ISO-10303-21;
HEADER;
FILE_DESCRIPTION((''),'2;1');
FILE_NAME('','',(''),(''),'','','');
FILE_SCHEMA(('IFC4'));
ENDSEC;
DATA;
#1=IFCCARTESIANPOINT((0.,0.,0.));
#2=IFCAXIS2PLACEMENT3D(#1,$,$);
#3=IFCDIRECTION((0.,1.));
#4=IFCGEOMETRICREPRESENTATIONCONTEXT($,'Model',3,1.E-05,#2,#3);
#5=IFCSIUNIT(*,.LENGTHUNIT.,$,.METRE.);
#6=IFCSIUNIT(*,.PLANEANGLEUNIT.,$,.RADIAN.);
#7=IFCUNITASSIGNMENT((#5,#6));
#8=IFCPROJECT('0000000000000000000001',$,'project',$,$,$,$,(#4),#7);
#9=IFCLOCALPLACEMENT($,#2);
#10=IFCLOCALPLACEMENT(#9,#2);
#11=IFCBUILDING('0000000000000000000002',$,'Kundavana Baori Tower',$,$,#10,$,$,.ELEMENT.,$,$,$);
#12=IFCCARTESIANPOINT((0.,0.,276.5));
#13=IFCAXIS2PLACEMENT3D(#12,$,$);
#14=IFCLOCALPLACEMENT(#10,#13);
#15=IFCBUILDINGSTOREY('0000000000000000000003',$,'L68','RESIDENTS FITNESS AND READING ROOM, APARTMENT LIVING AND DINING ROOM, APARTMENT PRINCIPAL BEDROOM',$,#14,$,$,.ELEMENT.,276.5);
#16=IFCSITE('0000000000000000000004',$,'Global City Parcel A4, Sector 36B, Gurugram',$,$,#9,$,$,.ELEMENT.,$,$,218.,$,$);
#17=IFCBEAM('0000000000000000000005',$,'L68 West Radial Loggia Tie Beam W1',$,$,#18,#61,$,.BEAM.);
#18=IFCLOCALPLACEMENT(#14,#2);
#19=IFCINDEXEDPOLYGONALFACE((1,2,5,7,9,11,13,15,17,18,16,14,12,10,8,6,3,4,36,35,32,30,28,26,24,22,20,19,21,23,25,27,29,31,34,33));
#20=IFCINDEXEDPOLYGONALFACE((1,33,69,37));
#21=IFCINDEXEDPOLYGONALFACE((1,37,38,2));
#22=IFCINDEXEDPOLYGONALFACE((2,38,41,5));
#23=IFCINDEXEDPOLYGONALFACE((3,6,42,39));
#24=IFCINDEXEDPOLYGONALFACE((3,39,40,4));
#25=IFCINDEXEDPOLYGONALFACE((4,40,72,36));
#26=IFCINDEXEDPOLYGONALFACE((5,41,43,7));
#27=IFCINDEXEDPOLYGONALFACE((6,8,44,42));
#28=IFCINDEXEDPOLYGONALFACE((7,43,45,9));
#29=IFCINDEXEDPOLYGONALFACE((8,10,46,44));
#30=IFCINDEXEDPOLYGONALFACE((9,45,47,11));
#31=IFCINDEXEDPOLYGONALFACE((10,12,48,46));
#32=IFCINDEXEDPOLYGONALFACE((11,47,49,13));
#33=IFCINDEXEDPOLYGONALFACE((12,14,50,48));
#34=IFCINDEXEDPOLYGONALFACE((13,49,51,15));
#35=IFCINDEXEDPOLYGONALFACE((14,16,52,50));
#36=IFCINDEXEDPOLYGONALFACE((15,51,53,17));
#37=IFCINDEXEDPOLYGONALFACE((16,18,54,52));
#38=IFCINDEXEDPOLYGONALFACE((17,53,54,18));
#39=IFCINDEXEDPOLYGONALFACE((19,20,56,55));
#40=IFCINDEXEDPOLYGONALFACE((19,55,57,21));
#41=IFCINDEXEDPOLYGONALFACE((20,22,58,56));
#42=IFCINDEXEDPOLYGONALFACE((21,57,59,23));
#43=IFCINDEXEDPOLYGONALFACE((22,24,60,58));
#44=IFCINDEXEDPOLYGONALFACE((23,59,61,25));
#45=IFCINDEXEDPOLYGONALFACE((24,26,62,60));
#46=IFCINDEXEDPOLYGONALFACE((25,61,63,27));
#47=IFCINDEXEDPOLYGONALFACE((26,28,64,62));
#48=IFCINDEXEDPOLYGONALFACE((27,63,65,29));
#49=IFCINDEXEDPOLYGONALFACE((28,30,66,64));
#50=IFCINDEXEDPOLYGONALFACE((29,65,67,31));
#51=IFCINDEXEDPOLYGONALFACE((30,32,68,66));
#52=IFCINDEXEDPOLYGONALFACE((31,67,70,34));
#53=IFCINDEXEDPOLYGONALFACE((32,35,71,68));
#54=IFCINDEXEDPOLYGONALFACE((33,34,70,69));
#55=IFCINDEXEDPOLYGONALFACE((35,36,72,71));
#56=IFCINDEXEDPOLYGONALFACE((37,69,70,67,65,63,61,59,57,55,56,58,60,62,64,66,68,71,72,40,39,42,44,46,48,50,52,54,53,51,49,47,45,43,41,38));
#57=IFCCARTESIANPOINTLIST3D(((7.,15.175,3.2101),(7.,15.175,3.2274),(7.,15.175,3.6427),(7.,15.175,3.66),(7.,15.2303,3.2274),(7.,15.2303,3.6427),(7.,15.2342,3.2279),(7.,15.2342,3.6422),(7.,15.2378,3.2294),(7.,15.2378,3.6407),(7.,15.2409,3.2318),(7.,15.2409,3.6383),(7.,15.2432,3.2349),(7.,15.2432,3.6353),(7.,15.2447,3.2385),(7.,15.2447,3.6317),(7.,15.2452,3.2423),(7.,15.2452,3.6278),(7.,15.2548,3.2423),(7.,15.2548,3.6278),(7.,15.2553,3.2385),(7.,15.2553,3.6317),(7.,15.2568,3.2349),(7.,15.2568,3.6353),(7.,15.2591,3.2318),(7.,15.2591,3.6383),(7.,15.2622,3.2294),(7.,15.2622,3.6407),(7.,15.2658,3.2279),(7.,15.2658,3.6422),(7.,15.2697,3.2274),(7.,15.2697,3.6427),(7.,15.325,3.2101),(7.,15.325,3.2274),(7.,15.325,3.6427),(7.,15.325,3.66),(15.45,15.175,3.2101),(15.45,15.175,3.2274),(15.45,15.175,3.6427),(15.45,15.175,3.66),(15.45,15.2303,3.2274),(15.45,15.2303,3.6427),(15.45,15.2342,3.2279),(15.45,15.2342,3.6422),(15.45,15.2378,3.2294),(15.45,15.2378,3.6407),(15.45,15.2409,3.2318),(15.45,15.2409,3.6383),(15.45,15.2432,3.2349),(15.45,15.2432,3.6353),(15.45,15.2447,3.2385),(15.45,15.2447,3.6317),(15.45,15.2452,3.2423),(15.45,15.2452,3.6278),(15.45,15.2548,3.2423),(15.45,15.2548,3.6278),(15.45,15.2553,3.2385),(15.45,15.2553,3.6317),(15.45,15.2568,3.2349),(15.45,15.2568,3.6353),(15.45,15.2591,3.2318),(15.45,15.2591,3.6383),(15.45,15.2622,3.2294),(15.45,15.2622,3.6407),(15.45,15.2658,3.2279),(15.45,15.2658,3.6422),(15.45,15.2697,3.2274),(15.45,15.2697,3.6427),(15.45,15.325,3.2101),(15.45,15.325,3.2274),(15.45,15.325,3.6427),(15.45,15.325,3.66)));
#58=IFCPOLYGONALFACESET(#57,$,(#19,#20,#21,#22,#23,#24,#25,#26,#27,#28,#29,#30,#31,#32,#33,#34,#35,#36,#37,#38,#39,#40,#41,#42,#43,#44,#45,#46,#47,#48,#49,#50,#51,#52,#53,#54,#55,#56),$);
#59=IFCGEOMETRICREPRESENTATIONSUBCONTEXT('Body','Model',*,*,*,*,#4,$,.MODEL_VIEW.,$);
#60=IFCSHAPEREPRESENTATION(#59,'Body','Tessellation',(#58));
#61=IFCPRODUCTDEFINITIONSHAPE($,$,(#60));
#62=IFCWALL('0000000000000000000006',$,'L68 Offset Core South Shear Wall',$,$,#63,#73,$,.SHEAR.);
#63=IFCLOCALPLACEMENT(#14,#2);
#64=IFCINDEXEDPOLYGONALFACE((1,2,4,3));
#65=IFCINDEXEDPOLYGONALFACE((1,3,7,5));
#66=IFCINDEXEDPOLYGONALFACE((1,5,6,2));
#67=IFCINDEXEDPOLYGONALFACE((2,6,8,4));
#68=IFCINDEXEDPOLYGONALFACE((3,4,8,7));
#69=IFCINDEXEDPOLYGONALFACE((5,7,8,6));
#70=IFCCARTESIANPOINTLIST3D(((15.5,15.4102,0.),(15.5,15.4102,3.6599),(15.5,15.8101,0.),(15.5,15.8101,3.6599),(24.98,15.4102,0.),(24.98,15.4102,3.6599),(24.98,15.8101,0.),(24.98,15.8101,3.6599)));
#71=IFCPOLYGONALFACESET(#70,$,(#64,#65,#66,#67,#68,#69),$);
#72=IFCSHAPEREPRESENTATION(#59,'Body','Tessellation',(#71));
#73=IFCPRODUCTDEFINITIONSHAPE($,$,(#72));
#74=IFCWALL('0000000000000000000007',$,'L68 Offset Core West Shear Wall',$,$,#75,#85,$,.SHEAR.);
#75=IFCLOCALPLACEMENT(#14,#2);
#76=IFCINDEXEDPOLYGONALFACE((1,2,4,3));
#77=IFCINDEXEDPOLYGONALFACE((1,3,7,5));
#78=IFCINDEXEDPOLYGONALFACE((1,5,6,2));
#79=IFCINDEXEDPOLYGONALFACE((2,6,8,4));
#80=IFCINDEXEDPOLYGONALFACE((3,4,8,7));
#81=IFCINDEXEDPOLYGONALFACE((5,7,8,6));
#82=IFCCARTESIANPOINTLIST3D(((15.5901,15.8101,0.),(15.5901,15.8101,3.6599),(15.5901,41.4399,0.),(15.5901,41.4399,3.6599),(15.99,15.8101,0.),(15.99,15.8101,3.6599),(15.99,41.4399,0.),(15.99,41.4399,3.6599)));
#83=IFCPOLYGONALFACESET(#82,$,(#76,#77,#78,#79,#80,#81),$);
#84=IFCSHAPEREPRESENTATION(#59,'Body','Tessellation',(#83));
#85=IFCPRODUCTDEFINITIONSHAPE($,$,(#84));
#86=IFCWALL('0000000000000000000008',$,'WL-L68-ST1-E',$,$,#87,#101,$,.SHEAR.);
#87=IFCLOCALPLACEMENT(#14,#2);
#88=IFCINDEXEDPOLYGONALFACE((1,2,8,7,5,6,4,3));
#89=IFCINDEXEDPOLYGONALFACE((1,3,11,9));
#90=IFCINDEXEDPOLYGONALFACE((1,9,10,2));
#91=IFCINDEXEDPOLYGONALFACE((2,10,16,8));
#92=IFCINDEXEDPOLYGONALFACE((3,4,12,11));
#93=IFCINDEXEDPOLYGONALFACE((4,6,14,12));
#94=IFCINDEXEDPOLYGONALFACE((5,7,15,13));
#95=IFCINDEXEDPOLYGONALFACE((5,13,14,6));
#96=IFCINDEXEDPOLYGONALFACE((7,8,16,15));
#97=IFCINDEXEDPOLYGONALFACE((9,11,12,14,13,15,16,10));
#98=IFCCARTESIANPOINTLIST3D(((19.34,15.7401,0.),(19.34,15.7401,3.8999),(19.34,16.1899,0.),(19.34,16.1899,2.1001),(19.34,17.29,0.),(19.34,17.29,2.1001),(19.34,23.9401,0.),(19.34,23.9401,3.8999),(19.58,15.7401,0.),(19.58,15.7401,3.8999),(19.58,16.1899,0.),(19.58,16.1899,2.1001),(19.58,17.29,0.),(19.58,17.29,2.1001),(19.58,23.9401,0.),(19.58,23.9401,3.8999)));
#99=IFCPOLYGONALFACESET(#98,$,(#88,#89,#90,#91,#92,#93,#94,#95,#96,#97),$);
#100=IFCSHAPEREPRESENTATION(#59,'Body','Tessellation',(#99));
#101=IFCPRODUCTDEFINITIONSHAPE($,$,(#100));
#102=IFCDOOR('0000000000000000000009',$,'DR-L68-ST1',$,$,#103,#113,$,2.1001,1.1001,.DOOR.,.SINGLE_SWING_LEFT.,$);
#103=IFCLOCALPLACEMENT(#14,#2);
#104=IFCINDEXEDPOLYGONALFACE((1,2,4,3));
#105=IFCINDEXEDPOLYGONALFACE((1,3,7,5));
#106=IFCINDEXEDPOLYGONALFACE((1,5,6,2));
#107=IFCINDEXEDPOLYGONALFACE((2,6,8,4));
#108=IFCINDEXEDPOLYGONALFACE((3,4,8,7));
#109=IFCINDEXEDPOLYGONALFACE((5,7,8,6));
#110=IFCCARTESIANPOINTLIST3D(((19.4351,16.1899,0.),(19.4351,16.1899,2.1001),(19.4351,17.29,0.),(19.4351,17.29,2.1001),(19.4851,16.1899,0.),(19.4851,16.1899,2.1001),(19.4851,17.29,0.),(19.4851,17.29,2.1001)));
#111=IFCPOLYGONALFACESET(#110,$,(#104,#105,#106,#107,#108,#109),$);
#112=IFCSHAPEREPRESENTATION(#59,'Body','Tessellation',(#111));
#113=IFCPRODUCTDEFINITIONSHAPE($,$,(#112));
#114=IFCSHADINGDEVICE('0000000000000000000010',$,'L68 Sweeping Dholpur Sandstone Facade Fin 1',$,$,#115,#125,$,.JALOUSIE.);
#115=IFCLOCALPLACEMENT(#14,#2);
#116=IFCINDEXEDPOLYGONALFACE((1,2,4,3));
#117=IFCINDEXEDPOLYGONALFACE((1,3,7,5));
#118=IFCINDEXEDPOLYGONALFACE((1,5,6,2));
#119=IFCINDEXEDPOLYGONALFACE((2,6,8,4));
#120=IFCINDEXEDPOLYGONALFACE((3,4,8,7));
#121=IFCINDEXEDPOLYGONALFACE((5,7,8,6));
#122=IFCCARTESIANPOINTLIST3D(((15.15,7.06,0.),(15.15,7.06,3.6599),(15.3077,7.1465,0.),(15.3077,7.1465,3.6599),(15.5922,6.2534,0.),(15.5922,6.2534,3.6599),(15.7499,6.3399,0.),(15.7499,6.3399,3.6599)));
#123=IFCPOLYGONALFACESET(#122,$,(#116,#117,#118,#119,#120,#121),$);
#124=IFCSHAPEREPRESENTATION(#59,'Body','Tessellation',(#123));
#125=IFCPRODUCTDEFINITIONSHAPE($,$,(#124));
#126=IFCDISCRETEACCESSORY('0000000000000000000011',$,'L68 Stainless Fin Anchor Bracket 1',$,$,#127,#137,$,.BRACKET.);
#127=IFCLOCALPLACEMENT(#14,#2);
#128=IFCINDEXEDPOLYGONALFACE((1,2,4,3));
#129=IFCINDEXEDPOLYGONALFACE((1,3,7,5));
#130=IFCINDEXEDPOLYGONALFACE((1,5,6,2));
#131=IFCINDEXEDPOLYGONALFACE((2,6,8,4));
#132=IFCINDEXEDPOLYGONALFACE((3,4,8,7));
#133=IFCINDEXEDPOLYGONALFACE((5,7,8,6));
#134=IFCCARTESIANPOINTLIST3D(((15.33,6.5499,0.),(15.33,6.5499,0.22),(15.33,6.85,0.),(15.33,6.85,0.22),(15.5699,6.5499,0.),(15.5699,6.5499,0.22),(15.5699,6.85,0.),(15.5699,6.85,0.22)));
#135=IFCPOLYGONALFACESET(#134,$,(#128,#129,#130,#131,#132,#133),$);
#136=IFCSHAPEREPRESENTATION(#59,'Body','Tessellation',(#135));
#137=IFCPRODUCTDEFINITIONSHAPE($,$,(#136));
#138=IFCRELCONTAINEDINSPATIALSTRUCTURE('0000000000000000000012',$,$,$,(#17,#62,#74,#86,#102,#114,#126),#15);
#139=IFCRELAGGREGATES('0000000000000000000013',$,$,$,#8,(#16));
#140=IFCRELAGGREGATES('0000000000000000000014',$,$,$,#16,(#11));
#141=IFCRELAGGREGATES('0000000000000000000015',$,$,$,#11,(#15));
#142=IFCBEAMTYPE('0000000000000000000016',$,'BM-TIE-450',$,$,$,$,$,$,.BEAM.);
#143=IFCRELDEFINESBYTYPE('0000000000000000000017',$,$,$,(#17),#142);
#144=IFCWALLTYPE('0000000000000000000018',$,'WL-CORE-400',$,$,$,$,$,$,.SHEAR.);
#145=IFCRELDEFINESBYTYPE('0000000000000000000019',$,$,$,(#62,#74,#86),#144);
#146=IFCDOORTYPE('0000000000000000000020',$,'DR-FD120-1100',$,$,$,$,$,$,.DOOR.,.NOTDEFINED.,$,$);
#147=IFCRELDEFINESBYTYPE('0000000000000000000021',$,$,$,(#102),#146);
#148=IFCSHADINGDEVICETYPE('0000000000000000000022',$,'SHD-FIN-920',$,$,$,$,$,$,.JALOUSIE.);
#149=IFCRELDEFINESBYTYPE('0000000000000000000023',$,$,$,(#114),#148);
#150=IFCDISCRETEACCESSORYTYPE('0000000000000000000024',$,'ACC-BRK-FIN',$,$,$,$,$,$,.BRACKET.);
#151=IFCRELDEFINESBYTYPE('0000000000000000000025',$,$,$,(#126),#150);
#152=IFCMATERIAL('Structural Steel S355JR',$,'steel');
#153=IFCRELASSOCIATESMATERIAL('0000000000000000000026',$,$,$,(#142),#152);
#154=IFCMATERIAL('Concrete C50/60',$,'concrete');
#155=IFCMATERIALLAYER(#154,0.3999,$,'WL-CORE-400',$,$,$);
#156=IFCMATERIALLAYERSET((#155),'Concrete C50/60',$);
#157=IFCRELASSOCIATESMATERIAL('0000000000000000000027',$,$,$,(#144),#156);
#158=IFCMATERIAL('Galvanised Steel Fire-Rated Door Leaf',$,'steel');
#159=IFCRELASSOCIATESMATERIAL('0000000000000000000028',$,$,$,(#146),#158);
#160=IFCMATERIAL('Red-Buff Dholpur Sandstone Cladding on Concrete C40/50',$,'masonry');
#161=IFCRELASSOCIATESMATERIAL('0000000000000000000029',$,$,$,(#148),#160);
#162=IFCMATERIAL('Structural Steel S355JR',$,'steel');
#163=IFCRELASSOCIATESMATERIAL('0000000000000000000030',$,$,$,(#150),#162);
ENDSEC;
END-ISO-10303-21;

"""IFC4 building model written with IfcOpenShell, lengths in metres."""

from ifc_helpers import new_model, si_unit, direction, frame, frame_2d, origin, origin_2d, place, context, subcontext, project, spatial, rectangle, i_section, extrude, material, layer, layer_set, material_profile, profile_set, type_object, element, fill, save


model = new_model("IFC4")

# Units and contexts
model_context = context("Model", 3, precision=1e-05, world=origin(), true_north=direction((0.0, 1.0)))
body_context = subcontext(model_context, "Body", "Model", "MODEL_VIEW")
ifc_project = project(units=[si_unit("LENGTHUNIT", "METRE"), si_unit("PLANEANGLEUNIT", "RADIAN")], contexts=[model_context])

# Site, building, storey
site_placement = place(None, origin())
site = spatial("IfcSite", under=ifc_project, at=site_placement, Name="Global City Parcel A4, Sector 36B, Gurugram", CompositionType="ELEMENT", RefElevation=218.0)
building_placement = place(site_placement, origin())
building = spatial("IfcBuilding", under=site, at=building_placement, Name="Kundavana Baori Tower", CompositionType="ELEMENT")
storey_placement = place(building_placement, frame((0.0, 0.0, 276.5)))
storey = spatial("IfcBuildingStorey", under=building, at=storey_placement, Name="L68", Description="RESIDENTS FITNESS AND READING ROOM, APARTMENT LIVING AND DINING ROOM, APARTMENT PRINCIPAL BEDROOM", CompositionType="ELEMENT", Elevation=276.5)

# Beam
ifc_material_1 = material(Name="Structural Steel S355JR", Category="steel")
ifc_material_profile_1 = material_profile(ifc_material_1, i_section(OverallWidth=0.1499, OverallDepth=0.45, WebThickness=0.0095, FlangeThickness=0.0173, FilletRadius=0.0149, at=origin_2d()), Name="ISMB 450")
ifc_profile_set_1 = profile_set([ifc_material_profile_1], Name="Structural Steel S355JR")
beam_type_1 = type_object("IfcBeamType", Name="BM-TIE-450", PredefinedType="BEAM", material=ifc_profile_set_1)
beam_1_placement = place(storey_placement, frame((15.45, 15.25, 3.4351), z_axis=(-1.0, 0.0, 0.0), x_axis=(0.0, -1.0, 0.0)))
element("IfcBeam", 1, at=beam_1_placement, inside=storey, type_object=beam_type_1, Name="L68 West Radial Loggia Tie Beam W1", PredefinedType="BEAM", context=body_context, shape_type="SweptSolid", body=[
    extrude(i_section(OverallWidth=0.1499, OverallDepth=0.45, WebThickness=0.0095, FlangeThickness=0.0173, FilletRadius=0.0149, at=origin_2d()), origin(), (0.0, 0.0, 1.0), 8.45),
])

# Walls
ifc_material_2 = material(Name="Concrete C50/60", Category="concrete")
ifc_layer = layer(ifc_material_2, 0.3999, Name="WL-CORE-400")
ifc_layer_set = layer_set([ifc_layer], Name="Concrete C50/60")
wall_type = type_object("IfcWallType", Name="WL-CORE-400", PredefinedType="SHEAR", material=ifc_layer_set)
wall_1_placement = place(storey_placement, frame((15.5, 15.6101, 0.0), z_axis=(0.0, 0.0, 1.0), x_axis=(1.0, 0.0, 0.0)))
element("IfcWall", 2, at=wall_1_placement, inside=storey, type_object=wall_type, Name="L68 Offset Core South Shear Wall", PredefinedType="SHEAR", context=body_context, shape_type="SweptSolid", body=[
    extrude(rectangle(XDim=9.48, YDim=0.3999, at=frame_2d((4.74, 0.0))), origin(), (0.0, 0.0, 1.0), 3.6599),
])
wall_2_placement = place(storey_placement, frame((15.79, 15.8101, 0.0), z_axis=(0.0, 0.0, 1.0), x_axis=(0.0, 1.0, 0.0)))
element("IfcWall", 3, at=wall_2_placement, inside=storey, type_object=wall_type, Name="L68 Offset Core West Shear Wall", PredefinedType="SHEAR", context=body_context, shape_type="SweptSolid", body=[
    extrude(rectangle(XDim=25.6299, YDim=0.3999, at=frame_2d((12.8149, 0.0))), origin(), (0.0, 0.0, 1.0), 3.6599),
])

# Wall, opening, door
wall_3_placement = place(storey_placement, frame((19.46, 15.74, 0.0), z_axis=(0.0, 0.0, 1.0), x_axis=(0.0, 1.0, 0.0)))
wall_3 = element("IfcWall", 4, at=wall_3_placement, inside=storey, type_object=wall_type, Name="WL-L68-ST1-E", PredefinedType="SHEAR", context=body_context, shape_type="SweptSolid", body=[
    extrude(rectangle(XDim=8.2, YDim=0.24, at=frame_2d((4.1001, 0.0))), origin(), (0.0, 0.0, 1.0), 3.8999),
])
opening_1_placement = place(wall_3_placement, frame((0.45, 0.0, 0.0)))
opening_1 = element("IfcOpeningElement", 5, at=opening_1_placement, cuts=wall_3, PredefinedType="OPENING", context=body_context, shape_type="SweptSolid", body=[
    extrude(rectangle(XDim=1.1001, YDim=2.1001, at=frame_2d((0.55, 1.05))), frame((0.0, 0.1299, 0.0), z_axis=(0.0, -1.0, 0.0), x_axis=(1.0, 0.0, 0.0)), (0.0, 0.0, 1.0), 0.26),
])
ifc_material_3 = material(Name="Galvanised Steel Fire-Rated Door Leaf", Category="steel")
door_type_1 = type_object("IfcDoorType", Name="DR-FD120-1100", OperationType="NOTDEFINED", PredefinedType="DOOR", material=ifc_material_3)
door_1_placement = place(opening_1_placement, origin())
door_1 = element("IfcDoor", 6, at=door_1_placement, inside=storey, type_object=door_type_1, Name="DR-L68-ST1", OperationType="SINGLE_SWING_LEFT", OverallHeight=2.1001, OverallWidth=1.1001, PredefinedType="DOOR", context=body_context, shape_type="SweptSolid", body=[
    extrude(rectangle(XDim=1.1001, YDim=2.1001, at=frame_2d((0.55, 1.05))), frame((0.0, 0.0249, 0.0), z_axis=(0.0, -1.0, 0.0), x_axis=(1.0, 0.0, 0.0)), (0.0, 0.0, 1.0), 0.05),
])
fill(opening_1, door_1)

# Shading device
ifc_material_4 = material(Name="Red-Buff Dholpur Sandstone Cladding on Concrete C40/50", Category="masonry")
shading_device_type = type_object("IfcShadingDeviceType", Name="SHD-FIN-920", PredefinedType="JALOUSIE", material=ifc_material_4)
shading_device_placement = place(storey_placement, frame((15.45, 6.7, 0.0), z_axis=(0.0, 0.0, 1.0), x_axis=(0.876895, 0.480683, 0.0)))
element("IfcShadingDevice", 7, at=shading_device_placement, inside=storey, type_object=shading_device_type, Name="L68 Sweeping Dholpur Sandstone Facade Fin 1", PredefinedType="JALOUSIE", context=body_context, shape_type="SweptSolid", body=[
    extrude(rectangle(XDim=0.1799, YDim=0.9199, at=origin_2d()), origin(), (0.0, 0.0, 1.0), 3.6599),
])

# Discrete accessory
ifc_material_5 = material(Name="Structural Steel S355JR", Category="steel")
discrete_accessory_type = type_object("IfcDiscreteAccessoryType", Name="ACC-BRK-FIN", PredefinedType="BRACKET", material=ifc_material_5)
discrete_accessory_placement = place(storey_placement, frame((15.45, 6.7, 0.0), z_axis=(0.0, 0.0, 1.0), x_axis=(1.0, 0.0, 0.0)))
element("IfcDiscreteAccessory", 8, at=discrete_accessory_placement, inside=storey, type_object=discrete_accessory_type, Name="L68 Stainless Fin Anchor Bracket 1", PredefinedType="BRACKET", context=body_context, shape_type="SweptSolid", body=[
    extrude(rectangle(XDim=0.24, YDim=0.3, at=origin_2d()), origin(), (0.0, 0.0, 1.0), 0.22),
])

save(model, "model.ifc")
